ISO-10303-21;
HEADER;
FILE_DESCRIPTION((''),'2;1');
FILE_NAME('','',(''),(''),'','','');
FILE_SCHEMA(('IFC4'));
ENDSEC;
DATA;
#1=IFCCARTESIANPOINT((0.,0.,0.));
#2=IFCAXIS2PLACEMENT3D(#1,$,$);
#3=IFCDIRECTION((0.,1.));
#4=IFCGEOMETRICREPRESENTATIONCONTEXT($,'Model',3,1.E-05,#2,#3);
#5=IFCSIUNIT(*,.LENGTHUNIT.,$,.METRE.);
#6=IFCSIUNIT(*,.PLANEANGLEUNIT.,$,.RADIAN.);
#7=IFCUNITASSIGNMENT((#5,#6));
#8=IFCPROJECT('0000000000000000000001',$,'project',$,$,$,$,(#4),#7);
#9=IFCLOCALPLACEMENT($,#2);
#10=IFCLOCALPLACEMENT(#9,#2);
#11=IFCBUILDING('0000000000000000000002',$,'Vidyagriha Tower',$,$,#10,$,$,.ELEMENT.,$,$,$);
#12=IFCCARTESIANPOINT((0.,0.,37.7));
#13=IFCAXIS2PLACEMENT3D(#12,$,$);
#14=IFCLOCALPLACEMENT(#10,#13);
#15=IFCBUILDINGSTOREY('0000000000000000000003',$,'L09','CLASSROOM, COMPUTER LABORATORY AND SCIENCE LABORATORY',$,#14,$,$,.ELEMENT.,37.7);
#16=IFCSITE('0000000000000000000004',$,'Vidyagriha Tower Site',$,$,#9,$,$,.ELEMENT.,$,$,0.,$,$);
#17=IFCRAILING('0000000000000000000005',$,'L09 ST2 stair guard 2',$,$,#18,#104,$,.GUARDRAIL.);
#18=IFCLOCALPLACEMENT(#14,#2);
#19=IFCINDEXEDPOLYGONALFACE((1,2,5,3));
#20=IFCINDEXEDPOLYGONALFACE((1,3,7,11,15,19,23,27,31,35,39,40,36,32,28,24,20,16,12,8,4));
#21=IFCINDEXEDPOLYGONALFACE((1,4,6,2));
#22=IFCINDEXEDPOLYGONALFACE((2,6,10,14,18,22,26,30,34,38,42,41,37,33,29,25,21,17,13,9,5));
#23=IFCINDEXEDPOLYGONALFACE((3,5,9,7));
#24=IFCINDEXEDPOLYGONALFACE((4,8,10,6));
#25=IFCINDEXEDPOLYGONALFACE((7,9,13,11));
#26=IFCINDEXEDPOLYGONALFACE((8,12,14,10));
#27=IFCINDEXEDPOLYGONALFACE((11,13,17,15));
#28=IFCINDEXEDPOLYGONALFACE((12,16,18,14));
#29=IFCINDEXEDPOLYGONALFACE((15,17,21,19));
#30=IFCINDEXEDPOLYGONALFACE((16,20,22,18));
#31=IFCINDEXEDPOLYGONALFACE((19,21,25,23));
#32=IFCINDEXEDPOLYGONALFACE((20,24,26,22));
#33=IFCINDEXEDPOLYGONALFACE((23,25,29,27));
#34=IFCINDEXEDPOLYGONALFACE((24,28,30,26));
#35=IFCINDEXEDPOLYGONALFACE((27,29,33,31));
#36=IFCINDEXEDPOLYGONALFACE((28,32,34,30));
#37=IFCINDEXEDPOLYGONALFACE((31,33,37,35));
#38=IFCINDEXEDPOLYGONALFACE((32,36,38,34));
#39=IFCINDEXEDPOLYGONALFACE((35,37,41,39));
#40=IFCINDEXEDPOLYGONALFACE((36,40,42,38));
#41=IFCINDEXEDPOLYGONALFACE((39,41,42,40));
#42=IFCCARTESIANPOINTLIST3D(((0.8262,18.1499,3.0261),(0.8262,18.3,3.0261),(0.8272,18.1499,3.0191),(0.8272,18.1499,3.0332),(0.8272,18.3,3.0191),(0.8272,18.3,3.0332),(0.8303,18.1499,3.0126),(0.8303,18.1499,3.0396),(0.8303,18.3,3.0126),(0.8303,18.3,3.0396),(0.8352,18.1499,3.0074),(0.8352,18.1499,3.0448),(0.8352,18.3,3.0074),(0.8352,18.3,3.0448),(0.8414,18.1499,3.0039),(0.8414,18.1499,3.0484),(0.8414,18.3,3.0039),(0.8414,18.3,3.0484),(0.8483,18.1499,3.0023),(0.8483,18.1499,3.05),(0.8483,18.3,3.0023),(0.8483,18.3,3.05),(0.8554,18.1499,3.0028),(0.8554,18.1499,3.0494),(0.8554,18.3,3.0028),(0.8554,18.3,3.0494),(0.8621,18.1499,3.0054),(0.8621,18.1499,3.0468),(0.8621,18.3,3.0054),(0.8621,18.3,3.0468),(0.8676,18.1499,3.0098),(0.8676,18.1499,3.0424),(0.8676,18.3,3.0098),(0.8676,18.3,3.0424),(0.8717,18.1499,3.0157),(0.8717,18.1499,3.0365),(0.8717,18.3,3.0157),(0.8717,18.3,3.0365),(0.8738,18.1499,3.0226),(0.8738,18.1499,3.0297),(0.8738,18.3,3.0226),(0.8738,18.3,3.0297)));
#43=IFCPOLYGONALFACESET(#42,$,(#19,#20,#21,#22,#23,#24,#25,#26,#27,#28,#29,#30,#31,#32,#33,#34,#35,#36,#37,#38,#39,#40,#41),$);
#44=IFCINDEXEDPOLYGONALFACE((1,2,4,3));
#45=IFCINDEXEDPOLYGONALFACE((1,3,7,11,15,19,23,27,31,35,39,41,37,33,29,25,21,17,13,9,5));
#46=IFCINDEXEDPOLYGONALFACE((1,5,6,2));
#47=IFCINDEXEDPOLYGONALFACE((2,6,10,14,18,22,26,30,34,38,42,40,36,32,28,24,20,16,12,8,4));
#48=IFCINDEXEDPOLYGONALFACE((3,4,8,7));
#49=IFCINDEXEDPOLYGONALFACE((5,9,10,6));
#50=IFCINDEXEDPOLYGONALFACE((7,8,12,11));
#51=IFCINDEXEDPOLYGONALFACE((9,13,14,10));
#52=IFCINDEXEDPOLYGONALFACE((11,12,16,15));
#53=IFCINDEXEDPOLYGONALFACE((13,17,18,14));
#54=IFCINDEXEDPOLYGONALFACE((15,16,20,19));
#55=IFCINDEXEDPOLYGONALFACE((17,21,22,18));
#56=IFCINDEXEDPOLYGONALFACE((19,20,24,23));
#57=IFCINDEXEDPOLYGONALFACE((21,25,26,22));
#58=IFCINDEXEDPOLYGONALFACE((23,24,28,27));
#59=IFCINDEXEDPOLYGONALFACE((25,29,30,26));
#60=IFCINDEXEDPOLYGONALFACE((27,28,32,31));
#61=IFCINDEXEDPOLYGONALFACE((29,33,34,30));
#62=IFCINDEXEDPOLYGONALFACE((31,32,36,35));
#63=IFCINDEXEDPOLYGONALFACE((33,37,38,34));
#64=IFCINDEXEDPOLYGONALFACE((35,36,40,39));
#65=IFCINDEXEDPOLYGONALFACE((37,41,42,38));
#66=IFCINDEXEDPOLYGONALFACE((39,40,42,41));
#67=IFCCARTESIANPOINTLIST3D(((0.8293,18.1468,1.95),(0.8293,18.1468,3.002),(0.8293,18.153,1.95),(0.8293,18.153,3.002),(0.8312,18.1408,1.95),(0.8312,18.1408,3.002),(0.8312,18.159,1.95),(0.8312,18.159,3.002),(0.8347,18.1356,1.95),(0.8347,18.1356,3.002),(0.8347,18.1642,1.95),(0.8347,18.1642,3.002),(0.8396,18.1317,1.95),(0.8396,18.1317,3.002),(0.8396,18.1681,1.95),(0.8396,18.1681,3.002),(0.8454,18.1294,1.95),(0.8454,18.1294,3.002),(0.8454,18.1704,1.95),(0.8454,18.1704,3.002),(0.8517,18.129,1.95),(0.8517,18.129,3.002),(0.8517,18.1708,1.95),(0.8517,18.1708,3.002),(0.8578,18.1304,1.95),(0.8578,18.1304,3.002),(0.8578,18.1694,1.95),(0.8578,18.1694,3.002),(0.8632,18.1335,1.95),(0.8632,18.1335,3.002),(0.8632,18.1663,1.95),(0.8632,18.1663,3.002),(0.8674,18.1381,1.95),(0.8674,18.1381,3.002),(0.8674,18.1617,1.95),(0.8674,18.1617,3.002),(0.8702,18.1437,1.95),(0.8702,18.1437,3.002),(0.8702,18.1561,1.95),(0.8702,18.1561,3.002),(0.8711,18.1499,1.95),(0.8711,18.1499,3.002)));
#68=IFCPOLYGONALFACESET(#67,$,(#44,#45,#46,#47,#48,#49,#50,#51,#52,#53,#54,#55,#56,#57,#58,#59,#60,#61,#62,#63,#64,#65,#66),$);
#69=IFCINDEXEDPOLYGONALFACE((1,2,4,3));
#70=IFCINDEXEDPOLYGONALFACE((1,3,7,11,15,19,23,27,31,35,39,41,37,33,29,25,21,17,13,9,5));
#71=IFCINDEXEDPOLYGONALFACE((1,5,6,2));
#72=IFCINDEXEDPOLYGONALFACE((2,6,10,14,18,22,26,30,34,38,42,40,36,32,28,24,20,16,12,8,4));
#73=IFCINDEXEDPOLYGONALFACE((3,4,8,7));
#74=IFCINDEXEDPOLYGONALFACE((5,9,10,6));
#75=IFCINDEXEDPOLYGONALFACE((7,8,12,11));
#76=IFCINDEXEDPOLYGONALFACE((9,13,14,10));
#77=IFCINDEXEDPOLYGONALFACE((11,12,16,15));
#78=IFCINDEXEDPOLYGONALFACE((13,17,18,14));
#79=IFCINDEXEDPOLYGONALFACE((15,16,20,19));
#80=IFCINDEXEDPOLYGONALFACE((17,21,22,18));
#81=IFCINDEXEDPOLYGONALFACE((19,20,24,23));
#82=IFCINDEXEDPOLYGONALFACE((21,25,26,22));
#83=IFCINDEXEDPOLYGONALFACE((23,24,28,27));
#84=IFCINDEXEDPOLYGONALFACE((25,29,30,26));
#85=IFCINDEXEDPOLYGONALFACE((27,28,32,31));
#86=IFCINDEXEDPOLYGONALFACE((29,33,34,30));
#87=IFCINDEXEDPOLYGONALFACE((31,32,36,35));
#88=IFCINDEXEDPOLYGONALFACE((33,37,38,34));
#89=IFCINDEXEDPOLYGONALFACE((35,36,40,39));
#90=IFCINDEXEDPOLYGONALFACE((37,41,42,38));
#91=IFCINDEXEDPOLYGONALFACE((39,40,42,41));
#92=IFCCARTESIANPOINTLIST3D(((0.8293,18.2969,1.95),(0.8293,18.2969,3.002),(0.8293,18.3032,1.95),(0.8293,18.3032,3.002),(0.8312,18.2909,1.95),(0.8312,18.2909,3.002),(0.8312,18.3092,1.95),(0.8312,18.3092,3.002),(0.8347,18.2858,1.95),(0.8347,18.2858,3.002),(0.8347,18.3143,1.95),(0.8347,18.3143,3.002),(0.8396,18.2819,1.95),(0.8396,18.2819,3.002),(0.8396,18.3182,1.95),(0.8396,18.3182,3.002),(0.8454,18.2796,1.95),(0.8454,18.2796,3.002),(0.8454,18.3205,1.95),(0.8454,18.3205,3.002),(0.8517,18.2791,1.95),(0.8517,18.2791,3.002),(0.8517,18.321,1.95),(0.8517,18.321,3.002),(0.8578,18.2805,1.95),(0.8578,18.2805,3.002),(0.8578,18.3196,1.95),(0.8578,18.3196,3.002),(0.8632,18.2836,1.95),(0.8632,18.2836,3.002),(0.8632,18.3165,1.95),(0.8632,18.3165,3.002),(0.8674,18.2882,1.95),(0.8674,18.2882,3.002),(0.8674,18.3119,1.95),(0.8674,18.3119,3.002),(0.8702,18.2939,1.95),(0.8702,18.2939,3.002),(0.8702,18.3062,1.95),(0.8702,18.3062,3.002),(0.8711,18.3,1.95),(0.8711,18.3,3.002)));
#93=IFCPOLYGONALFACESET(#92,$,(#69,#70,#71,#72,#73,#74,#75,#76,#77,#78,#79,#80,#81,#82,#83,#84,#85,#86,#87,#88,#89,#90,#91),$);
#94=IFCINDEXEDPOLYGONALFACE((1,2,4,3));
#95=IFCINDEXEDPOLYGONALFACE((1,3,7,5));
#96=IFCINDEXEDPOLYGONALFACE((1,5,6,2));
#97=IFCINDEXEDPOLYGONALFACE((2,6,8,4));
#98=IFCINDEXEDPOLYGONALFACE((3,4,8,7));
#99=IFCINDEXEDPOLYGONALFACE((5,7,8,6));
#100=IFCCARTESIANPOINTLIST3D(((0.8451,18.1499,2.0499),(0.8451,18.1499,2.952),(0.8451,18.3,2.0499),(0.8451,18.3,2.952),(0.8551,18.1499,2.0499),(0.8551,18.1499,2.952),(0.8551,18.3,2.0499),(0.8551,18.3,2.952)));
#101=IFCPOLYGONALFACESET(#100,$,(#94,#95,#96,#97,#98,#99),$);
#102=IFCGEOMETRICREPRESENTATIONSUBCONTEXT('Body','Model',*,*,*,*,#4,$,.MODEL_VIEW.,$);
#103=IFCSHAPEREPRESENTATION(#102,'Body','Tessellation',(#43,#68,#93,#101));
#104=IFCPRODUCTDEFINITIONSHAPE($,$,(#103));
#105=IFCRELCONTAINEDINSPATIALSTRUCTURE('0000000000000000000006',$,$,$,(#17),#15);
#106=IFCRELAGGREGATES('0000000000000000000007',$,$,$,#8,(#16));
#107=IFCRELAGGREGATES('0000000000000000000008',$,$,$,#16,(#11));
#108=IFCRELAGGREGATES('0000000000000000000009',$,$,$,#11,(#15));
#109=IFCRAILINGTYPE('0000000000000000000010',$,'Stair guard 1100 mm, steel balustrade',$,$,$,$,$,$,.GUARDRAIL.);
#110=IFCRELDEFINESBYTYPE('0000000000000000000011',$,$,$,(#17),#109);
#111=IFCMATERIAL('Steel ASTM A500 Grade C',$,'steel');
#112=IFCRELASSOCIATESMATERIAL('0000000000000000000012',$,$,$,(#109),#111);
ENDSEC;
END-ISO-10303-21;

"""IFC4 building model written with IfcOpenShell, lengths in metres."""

from ifc_helpers import new_model, si_unit, direction, frame, origin, origin_2d, place, context, subcontext, project, spatial, rectangle, circle, extrude, material, type_object, element, save


model = new_model("IFC4")

# Units and contexts
model_context = context("Model", 3, precision=1e-05, world=origin(), true_north=direction((0.0, 1.0)))
body_context = subcontext(model_context, "Body", "Model", "MODEL_VIEW")
ifc_project = project(units=[si_unit("LENGTHUNIT", "METRE"), si_unit("PLANEANGLEUNIT", "RADIAN")], contexts=[model_context])

# Site, building, storey
site_placement = place(None, origin())
site = spatial("IfcSite", under=ifc_project, at=site_placement, Name="Vidyagriha Tower Site", CompositionType="ELEMENT", RefElevation=0.0)
building_placement = place(site_placement, origin())
building = spatial("IfcBuilding", under=site, at=building_placement, Name="Vidyagriha Tower", CompositionType="ELEMENT")
storey_placement = place(building_placement, frame((0.0, 0.0, 37.7)))
storey = spatial("IfcBuildingStorey", under=building, at=storey_placement, Name="L09", Description="CLASSROOM, COMPUTER LABORATORY AND SCIENCE LABORATORY", CompositionType="ELEMENT", Elevation=37.7)

# Railing
ifc_material_1 = material(Name="Steel ASTM A500 Grade C", Category="steel")
railing_type_1 = type_object("IfcRailingType", Name="Stair guard 1100 mm, steel balustrade", PredefinedType="GUARDRAIL", material=ifc_material_1)
railing_1_placement = place(storey_placement, frame((0.8501, 18.1499, 1.95)))
element("IfcRailing", 1, at=railing_1_placement, inside=storey, type_object=railing_type_1, Name="L09 ST2 stair guard 2", PredefinedType="GUARDRAIL", context=body_context, shape_type="SweptSolid", body=[
    extrude(circle(Radius=0.0239, at=origin_2d()), frame((0.0, 0.0, 1.0762), z_axis=(0.0, 1.0, 0.0), x_axis=(-1.0, 0.0, 0.0)), (0.0, 0.0, 1.0), 0.1501),
    extrude(circle(Radius=0.021, at=origin_2d()), origin(), (0.0, 0.0, 1.0), 1.052),
    extrude(circle(Radius=0.021, at=origin_2d()), frame((0.0, 0.1501, 0.0)), (0.0, 0.0, 1.0), 1.052),
    extrude(rectangle(XDim=0.01, YDim=0.9021, at=origin_2d()), frame((0.0, 0.0, 0.551), z_axis=(0.0, 1.0, 0.0), x_axis=(-1.0, 0.0, 0.0)), (0.0, 0.0, 1.0), 0.1501),
])

save(model, "model.ifc")
